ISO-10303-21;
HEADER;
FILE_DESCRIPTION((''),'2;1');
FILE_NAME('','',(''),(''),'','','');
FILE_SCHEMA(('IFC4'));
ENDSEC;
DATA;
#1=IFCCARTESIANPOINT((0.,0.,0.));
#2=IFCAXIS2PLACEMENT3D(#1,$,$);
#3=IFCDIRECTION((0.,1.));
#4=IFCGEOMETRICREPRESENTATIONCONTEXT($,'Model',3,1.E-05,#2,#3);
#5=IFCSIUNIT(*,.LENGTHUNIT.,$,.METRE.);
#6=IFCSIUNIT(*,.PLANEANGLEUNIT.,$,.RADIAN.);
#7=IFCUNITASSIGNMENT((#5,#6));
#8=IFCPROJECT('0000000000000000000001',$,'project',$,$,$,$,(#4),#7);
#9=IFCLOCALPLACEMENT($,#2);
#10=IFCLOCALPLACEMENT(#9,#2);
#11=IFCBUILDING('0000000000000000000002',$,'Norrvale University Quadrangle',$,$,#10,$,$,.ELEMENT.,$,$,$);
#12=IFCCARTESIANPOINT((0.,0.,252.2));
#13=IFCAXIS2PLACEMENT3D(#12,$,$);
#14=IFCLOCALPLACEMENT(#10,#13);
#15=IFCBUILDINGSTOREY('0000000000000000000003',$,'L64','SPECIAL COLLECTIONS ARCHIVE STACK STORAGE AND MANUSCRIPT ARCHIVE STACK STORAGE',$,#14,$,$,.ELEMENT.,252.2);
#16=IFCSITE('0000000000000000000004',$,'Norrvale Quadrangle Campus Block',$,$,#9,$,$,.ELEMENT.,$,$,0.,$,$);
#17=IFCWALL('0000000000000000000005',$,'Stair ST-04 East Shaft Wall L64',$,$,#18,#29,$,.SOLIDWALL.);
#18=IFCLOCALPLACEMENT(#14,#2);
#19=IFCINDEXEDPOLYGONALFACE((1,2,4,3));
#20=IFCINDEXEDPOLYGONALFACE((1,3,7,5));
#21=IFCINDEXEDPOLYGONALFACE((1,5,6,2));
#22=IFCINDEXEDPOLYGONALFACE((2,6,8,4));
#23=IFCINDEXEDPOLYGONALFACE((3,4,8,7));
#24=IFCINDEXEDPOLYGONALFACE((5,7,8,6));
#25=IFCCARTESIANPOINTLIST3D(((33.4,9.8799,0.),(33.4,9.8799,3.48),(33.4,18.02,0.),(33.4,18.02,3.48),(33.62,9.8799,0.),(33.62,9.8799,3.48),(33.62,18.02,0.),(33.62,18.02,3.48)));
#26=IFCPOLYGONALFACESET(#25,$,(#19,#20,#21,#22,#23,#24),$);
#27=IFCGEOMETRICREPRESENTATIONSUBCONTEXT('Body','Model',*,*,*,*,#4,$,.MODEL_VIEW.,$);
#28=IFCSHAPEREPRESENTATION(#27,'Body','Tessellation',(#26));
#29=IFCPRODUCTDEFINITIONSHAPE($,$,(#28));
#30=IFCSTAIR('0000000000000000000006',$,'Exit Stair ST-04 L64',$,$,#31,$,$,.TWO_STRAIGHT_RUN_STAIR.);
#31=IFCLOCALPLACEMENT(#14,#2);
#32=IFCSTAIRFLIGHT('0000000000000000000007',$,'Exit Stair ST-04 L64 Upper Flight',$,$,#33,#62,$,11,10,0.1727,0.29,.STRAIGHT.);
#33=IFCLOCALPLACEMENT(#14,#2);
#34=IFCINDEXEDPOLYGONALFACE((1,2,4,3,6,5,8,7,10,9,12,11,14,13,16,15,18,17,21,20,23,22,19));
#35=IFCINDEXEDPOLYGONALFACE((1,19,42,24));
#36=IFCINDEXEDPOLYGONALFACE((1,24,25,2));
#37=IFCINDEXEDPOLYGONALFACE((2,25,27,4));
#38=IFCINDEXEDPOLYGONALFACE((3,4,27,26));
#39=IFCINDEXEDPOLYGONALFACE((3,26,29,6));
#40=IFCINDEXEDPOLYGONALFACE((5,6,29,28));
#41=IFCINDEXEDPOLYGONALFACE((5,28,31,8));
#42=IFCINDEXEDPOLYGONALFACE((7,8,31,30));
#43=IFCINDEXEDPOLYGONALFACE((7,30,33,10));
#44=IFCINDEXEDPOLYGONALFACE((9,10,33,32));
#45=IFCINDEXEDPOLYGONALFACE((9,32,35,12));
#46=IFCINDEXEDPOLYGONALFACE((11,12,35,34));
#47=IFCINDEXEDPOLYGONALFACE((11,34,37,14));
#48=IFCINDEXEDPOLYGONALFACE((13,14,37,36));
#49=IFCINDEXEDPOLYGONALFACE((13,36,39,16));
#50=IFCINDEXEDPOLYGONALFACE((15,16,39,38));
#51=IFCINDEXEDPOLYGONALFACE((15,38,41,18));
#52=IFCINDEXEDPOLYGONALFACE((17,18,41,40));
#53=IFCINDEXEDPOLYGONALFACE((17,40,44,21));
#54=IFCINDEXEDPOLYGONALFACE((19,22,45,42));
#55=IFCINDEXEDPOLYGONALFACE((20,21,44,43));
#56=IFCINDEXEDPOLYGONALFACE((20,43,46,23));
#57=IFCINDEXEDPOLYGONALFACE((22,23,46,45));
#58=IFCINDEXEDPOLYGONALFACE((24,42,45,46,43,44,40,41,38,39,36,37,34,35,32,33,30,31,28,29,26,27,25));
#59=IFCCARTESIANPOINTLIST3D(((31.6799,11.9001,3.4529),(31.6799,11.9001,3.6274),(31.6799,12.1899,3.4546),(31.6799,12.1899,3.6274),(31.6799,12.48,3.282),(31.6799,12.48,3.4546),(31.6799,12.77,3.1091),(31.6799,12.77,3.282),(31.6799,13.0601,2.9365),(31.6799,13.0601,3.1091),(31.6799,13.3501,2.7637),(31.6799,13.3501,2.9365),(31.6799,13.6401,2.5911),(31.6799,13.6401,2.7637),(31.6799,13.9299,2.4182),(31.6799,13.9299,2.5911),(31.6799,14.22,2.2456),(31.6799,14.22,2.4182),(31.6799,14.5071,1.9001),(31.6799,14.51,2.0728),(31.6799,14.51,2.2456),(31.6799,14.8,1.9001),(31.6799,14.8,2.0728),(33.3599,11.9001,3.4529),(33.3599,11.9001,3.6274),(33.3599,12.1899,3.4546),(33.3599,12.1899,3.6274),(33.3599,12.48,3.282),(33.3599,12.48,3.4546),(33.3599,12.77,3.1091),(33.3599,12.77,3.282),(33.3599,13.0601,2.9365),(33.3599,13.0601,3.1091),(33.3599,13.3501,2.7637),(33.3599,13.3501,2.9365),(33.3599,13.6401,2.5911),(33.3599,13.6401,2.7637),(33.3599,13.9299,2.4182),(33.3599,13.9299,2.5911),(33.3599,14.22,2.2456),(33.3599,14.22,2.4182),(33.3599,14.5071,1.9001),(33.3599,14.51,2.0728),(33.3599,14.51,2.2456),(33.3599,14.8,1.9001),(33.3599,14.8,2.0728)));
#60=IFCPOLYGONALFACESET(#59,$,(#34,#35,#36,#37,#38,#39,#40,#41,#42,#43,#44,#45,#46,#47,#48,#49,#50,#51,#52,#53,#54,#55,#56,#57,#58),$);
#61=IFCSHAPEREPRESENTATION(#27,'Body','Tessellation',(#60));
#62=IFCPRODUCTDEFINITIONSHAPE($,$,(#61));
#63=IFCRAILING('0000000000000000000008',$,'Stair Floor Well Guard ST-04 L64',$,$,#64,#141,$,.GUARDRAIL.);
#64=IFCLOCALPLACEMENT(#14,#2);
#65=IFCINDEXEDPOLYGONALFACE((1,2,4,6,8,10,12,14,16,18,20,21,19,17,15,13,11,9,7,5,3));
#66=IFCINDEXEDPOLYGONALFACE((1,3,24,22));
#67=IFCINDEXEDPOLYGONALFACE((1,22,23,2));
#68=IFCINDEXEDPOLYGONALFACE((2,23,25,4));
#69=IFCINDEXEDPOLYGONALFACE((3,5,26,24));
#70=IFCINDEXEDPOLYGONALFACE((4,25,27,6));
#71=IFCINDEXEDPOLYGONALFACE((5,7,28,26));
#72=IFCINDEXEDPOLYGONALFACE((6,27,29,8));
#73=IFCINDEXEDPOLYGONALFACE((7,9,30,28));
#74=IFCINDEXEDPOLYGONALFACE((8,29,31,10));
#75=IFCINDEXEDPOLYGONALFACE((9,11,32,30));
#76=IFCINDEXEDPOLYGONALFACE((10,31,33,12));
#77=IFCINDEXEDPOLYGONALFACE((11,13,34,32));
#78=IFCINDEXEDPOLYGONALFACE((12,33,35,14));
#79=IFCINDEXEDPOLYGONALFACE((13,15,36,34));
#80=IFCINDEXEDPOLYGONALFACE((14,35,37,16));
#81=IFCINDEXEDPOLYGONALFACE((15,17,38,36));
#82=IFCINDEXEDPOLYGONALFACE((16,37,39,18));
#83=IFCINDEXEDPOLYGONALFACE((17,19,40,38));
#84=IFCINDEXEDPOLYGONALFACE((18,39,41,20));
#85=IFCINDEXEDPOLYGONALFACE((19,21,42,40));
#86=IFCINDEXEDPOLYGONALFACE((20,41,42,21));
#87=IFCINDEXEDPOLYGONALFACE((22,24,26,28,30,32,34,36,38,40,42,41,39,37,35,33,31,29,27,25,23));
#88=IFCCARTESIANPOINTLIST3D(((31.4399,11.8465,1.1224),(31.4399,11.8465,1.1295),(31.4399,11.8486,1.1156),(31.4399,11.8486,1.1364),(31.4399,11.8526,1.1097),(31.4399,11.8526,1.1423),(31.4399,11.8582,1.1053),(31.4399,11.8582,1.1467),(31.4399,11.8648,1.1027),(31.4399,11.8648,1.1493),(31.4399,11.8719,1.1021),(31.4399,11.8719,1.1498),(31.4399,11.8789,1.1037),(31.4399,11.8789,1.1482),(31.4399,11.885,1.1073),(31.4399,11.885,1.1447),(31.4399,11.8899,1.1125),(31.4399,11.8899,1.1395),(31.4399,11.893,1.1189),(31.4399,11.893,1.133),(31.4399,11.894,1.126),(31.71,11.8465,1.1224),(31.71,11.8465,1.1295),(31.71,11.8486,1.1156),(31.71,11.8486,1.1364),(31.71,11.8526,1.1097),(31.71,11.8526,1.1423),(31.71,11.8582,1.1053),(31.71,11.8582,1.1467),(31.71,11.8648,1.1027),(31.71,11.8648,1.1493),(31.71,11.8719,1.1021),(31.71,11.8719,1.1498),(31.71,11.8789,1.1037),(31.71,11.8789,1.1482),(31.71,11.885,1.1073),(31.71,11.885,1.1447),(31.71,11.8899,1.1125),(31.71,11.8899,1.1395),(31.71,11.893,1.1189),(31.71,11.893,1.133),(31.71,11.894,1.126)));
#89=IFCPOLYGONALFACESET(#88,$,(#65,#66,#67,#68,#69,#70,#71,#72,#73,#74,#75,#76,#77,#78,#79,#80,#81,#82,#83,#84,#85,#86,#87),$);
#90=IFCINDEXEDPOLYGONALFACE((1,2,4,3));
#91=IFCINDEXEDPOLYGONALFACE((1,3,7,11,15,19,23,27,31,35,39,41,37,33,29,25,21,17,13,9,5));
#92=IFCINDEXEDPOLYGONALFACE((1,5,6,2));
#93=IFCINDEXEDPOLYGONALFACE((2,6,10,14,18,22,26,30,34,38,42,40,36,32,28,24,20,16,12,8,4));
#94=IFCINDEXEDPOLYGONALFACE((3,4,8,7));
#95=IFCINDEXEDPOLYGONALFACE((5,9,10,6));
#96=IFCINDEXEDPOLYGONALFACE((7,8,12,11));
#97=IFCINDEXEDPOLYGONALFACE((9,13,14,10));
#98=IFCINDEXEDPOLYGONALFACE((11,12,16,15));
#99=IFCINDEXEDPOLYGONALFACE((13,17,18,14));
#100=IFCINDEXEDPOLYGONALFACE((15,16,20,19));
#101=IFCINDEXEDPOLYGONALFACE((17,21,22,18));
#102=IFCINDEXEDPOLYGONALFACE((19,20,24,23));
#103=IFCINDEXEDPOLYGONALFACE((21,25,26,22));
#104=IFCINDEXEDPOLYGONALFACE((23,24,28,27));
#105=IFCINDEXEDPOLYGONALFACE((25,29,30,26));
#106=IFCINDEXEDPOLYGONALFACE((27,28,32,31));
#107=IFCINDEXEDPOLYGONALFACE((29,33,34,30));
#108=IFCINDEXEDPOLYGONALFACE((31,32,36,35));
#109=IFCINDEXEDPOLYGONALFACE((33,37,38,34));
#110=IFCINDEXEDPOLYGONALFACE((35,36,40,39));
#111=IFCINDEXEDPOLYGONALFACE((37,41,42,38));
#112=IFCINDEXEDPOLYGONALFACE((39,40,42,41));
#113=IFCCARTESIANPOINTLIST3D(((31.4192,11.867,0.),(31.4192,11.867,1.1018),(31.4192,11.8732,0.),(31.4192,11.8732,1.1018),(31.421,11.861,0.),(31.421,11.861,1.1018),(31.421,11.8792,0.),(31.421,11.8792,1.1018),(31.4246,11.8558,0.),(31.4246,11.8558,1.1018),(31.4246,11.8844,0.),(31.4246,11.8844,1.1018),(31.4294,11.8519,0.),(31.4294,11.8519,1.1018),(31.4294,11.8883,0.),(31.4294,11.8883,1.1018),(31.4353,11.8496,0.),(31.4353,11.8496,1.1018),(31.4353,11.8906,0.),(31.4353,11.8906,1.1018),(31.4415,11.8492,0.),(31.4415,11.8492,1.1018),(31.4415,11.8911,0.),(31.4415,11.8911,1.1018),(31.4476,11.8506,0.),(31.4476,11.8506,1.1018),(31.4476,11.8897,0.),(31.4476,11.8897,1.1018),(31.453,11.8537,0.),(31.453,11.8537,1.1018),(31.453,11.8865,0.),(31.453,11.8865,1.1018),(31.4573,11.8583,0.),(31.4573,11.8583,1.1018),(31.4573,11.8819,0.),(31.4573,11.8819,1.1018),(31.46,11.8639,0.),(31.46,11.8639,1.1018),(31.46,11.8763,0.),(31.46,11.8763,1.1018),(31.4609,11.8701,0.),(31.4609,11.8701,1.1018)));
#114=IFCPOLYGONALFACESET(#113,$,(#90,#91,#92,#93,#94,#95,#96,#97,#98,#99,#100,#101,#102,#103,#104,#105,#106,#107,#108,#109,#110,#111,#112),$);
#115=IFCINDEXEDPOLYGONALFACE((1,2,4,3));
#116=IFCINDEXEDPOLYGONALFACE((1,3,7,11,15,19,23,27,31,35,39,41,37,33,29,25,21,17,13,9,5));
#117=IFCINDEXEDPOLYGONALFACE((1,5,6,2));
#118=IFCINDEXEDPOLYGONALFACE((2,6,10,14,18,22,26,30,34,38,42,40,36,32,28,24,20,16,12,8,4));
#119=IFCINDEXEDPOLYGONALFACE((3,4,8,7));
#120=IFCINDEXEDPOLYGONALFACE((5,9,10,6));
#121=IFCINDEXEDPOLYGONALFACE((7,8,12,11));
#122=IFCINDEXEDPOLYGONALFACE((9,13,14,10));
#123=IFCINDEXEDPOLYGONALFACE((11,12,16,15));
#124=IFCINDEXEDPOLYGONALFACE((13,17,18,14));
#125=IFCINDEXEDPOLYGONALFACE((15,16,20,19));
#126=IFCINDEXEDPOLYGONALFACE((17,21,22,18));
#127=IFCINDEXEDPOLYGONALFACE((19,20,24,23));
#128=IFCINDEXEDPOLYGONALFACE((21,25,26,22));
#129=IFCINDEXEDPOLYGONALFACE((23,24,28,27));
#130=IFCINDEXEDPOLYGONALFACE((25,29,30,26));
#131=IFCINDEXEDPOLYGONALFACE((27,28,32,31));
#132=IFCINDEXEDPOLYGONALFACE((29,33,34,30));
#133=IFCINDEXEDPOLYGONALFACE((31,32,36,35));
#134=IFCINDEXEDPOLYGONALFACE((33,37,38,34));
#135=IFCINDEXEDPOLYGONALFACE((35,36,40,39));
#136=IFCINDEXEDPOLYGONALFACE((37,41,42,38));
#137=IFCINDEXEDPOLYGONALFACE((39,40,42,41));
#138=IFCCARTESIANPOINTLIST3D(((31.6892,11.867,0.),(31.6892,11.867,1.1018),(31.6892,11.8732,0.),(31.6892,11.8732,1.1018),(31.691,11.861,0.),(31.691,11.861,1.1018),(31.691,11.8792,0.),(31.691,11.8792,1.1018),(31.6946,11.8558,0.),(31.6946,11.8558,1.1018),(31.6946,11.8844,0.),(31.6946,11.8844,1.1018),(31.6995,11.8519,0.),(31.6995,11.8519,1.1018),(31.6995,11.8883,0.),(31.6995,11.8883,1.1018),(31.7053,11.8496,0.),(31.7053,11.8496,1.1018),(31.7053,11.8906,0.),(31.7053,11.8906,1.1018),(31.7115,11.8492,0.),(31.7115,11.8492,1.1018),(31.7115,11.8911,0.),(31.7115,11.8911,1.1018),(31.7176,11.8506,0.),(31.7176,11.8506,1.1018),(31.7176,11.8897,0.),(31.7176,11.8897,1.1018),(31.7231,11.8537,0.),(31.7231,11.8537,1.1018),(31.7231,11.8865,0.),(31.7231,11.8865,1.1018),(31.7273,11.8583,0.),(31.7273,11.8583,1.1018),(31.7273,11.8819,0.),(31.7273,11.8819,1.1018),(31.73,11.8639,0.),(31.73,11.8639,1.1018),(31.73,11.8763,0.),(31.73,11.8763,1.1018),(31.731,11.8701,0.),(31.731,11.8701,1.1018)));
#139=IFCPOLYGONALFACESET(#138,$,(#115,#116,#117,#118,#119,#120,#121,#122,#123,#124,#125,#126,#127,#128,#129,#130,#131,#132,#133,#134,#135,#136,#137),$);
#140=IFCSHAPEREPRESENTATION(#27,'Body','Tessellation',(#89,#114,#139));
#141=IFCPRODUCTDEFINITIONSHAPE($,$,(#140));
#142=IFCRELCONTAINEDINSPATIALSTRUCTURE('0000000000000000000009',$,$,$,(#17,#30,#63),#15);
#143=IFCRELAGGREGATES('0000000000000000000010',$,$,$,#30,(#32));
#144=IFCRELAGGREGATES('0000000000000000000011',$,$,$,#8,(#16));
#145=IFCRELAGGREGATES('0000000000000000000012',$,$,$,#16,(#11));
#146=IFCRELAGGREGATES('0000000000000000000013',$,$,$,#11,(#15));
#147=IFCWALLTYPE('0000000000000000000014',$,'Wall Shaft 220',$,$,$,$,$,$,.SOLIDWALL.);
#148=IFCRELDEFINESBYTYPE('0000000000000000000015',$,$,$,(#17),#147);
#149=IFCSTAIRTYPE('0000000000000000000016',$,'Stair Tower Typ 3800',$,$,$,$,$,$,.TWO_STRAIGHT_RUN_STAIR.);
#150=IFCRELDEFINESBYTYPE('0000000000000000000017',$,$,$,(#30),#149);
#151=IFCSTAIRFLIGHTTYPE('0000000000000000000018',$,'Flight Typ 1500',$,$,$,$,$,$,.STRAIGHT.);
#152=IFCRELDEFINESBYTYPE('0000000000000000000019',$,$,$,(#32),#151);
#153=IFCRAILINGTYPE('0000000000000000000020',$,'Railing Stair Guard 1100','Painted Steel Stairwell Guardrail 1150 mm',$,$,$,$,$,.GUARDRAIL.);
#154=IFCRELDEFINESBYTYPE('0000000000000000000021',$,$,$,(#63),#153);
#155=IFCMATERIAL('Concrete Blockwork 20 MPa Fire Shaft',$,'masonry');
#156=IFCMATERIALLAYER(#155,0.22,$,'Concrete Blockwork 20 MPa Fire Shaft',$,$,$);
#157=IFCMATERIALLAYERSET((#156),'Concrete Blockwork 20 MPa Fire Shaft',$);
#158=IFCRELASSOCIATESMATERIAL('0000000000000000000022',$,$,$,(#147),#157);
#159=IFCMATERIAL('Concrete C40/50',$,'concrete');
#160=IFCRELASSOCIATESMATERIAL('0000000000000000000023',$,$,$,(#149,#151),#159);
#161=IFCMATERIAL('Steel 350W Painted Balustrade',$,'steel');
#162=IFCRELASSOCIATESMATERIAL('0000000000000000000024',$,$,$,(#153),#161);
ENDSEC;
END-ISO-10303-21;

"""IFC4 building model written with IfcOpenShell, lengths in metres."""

from ifc_helpers import new_model, si_unit, direction, frame, frame_2d, origin, origin_2d, place, context, subcontext, project, spatial, polyline, rectangle, circle, outline, extrude, material, layer, layer_set, type_object, element, aggregate, save


model = new_model("IFC4")

# Units and contexts
model_context = context("Model", 3, precision=1e-05, world=origin(), true_north=direction((0.0, 1.0)))
body_context = subcontext(model_context, "Body", "Model", "MODEL_VIEW")
ifc_project = project(units=[si_unit("LENGTHUNIT", "METRE"), si_unit("PLANEANGLEUNIT", "RADIAN")], contexts=[model_context])

# Site, building, storey
site_placement = place(None, origin())
site = spatial("IfcSite", under=ifc_project, at=site_placement, Name="Norrvale Quadrangle Campus Block", CompositionType="ELEMENT", RefElevation=0.0)
building_placement = place(site_placement, origin())
building = spatial("IfcBuilding", under=site, at=building_placement, Name="Norrvale University Quadrangle", CompositionType="ELEMENT")
storey_placement = place(building_placement, frame((0.0, 0.0, 252.2)))
storey = spatial("IfcBuildingStorey", under=building, at=storey_placement, Name="L64", Description="SPECIAL COLLECTIONS ARCHIVE STACK STORAGE AND MANUSCRIPT ARCHIVE STACK STORAGE", CompositionType="ELEMENT", Elevation=252.2)

# Wall
ifc_material_1 = material(Name="Concrete Blockwork 20 MPa Fire Shaft", Category="masonry")
ifc_layer = layer(ifc_material_1, 0.22, Name="Concrete Blockwork 20 MPa Fire Shaft")
ifc_layer_set = layer_set([ifc_layer], Name="Concrete Blockwork 20 MPa Fire Shaft")
wall_type = type_object("IfcWallType", Name="Wall Shaft 220", PredefinedType="SOLIDWALL", material=ifc_layer_set)
wall_placement = place(storey_placement, frame((33.51, 9.8799, 0.0), z_axis=(0.0, 0.0, 1.0), x_axis=(0.0, 1.0, 0.0)))
element("IfcWall", 1, at=wall_placement, inside=storey, type_object=wall_type, Name="Stair ST-04 East Shaft Wall L64", PredefinedType="SOLIDWALL", context=body_context, shape_type="SweptSolid", body=[
    extrude(rectangle(XDim=8.1401, YDim=0.22, at=frame_2d((4.0701, 0.0))), origin(), (0.0, 0.0, 1.0), 3.48),
])

# Stair, stair flight
ifc_material_2 = material(Name="Concrete C40/50", Category="concrete")
stair_type = type_object("IfcStairType", Name="Stair Tower Typ 3800", PredefinedType="TWO_STRAIGHT_RUN_STAIR", material=ifc_material_2)
stair_placement = place(storey_placement, origin())
stair = element("IfcStair", 2, at=stair_placement, inside=storey, type_object=stair_type, Name="Exit Stair ST-04 L64", PredefinedType="TWO_STRAIGHT_RUN_STAIR")
stair_flight_type = type_object("IfcStairFlightType", Name="Flight Typ 1500", PredefinedType="STRAIGHT", material=ifc_material_2)
stair_flight_placement = place(storey_placement, frame((32.52, 14.8, 1.9001), z_axis=(0.0, 0.0, 1.0), x_axis=(0.0, -1.0, 0.0)))
stair_flight = element("IfcStairFlight", 3, at=stair_flight_placement, type_object=stair_flight_type, Name="Exit Stair ST-04 L64 Upper Flight", NumberOfRisers=11, NumberOfTreads=10, PredefinedType="STRAIGHT", RiserHeight=0.1727, TreadLength=0.29, context=body_context, shape_type="SweptSolid", body=[
    extrude(outline(polyline([(0.0, 0.0), (0.0, 0.1726), (0.29, 0.1726), (0.29, 0.3455), (0.5801, 0.3455), (0.5801, 0.5181), (0.8701, 0.5181), (0.8701, 0.6909), (1.1599, 0.6909), (1.1599, 0.8635), (1.45, 0.8635), (1.45, 1.0364), (1.74, 1.0364), (1.74, 1.209), (2.03, 1.209), (2.03, 1.3818), (2.3201, 1.3818), (2.3201, 1.5544), (2.6101, 1.5544), (2.6101, 1.7273), (2.8999, 1.7273), (2.8999, 1.8999), (2.8999, 1.5527), (0.293, 0.0), (0.0, 0.0)])), frame((0.0, 0.8398, 0.0), z_axis=(0.0, -1.0, 0.0), x_axis=(1.0, 0.0, 0.0)), (0.0, 0.0, 1.0), 1.6799),
])
aggregate(stair, [stair_flight])

# Railing
ifc_material_3 = material(Name="Steel 350W Painted Balustrade", Category="steel")
railing_type_1 = type_object("IfcRailingType", Name="Railing Stair Guard 1100", Description="Painted Steel Stairwell Guardrail 1150 mm", PredefinedType="GUARDRAIL", material=ifc_material_3)
for number, where, name in (
    (4, (31.4399, 11.8701, 0.0), "Stair Floor Well Guard ST-04 L64"),
):
    element("IfcRailing", number, at=place(storey_placement, frame(where)), inside=storey, type_object=railing_type_1, Name=name, PredefinedType="GUARDRAIL", context=body_context, shape_type="SweptSolid", body=[
        extrude(circle(Radius=0.0239, at=origin_2d()), frame((0.0, 0.0, 1.126), z_axis=(1.0, 0.0, 0.0), x_axis=(0.0, 1.0, 0.0)), (0.0, 0.0, 1.0), 0.27),
        extrude(circle(Radius=0.021, at=origin_2d()), origin(), (0.0, 0.0, 1.0), 1.1018),
        extrude(circle(Radius=0.021, at=origin_2d()), frame((0.27, 0.0, 0.0)), (0.0, 0.0, 1.0), 1.1018),
    ])

save(model, "model.ifc")
